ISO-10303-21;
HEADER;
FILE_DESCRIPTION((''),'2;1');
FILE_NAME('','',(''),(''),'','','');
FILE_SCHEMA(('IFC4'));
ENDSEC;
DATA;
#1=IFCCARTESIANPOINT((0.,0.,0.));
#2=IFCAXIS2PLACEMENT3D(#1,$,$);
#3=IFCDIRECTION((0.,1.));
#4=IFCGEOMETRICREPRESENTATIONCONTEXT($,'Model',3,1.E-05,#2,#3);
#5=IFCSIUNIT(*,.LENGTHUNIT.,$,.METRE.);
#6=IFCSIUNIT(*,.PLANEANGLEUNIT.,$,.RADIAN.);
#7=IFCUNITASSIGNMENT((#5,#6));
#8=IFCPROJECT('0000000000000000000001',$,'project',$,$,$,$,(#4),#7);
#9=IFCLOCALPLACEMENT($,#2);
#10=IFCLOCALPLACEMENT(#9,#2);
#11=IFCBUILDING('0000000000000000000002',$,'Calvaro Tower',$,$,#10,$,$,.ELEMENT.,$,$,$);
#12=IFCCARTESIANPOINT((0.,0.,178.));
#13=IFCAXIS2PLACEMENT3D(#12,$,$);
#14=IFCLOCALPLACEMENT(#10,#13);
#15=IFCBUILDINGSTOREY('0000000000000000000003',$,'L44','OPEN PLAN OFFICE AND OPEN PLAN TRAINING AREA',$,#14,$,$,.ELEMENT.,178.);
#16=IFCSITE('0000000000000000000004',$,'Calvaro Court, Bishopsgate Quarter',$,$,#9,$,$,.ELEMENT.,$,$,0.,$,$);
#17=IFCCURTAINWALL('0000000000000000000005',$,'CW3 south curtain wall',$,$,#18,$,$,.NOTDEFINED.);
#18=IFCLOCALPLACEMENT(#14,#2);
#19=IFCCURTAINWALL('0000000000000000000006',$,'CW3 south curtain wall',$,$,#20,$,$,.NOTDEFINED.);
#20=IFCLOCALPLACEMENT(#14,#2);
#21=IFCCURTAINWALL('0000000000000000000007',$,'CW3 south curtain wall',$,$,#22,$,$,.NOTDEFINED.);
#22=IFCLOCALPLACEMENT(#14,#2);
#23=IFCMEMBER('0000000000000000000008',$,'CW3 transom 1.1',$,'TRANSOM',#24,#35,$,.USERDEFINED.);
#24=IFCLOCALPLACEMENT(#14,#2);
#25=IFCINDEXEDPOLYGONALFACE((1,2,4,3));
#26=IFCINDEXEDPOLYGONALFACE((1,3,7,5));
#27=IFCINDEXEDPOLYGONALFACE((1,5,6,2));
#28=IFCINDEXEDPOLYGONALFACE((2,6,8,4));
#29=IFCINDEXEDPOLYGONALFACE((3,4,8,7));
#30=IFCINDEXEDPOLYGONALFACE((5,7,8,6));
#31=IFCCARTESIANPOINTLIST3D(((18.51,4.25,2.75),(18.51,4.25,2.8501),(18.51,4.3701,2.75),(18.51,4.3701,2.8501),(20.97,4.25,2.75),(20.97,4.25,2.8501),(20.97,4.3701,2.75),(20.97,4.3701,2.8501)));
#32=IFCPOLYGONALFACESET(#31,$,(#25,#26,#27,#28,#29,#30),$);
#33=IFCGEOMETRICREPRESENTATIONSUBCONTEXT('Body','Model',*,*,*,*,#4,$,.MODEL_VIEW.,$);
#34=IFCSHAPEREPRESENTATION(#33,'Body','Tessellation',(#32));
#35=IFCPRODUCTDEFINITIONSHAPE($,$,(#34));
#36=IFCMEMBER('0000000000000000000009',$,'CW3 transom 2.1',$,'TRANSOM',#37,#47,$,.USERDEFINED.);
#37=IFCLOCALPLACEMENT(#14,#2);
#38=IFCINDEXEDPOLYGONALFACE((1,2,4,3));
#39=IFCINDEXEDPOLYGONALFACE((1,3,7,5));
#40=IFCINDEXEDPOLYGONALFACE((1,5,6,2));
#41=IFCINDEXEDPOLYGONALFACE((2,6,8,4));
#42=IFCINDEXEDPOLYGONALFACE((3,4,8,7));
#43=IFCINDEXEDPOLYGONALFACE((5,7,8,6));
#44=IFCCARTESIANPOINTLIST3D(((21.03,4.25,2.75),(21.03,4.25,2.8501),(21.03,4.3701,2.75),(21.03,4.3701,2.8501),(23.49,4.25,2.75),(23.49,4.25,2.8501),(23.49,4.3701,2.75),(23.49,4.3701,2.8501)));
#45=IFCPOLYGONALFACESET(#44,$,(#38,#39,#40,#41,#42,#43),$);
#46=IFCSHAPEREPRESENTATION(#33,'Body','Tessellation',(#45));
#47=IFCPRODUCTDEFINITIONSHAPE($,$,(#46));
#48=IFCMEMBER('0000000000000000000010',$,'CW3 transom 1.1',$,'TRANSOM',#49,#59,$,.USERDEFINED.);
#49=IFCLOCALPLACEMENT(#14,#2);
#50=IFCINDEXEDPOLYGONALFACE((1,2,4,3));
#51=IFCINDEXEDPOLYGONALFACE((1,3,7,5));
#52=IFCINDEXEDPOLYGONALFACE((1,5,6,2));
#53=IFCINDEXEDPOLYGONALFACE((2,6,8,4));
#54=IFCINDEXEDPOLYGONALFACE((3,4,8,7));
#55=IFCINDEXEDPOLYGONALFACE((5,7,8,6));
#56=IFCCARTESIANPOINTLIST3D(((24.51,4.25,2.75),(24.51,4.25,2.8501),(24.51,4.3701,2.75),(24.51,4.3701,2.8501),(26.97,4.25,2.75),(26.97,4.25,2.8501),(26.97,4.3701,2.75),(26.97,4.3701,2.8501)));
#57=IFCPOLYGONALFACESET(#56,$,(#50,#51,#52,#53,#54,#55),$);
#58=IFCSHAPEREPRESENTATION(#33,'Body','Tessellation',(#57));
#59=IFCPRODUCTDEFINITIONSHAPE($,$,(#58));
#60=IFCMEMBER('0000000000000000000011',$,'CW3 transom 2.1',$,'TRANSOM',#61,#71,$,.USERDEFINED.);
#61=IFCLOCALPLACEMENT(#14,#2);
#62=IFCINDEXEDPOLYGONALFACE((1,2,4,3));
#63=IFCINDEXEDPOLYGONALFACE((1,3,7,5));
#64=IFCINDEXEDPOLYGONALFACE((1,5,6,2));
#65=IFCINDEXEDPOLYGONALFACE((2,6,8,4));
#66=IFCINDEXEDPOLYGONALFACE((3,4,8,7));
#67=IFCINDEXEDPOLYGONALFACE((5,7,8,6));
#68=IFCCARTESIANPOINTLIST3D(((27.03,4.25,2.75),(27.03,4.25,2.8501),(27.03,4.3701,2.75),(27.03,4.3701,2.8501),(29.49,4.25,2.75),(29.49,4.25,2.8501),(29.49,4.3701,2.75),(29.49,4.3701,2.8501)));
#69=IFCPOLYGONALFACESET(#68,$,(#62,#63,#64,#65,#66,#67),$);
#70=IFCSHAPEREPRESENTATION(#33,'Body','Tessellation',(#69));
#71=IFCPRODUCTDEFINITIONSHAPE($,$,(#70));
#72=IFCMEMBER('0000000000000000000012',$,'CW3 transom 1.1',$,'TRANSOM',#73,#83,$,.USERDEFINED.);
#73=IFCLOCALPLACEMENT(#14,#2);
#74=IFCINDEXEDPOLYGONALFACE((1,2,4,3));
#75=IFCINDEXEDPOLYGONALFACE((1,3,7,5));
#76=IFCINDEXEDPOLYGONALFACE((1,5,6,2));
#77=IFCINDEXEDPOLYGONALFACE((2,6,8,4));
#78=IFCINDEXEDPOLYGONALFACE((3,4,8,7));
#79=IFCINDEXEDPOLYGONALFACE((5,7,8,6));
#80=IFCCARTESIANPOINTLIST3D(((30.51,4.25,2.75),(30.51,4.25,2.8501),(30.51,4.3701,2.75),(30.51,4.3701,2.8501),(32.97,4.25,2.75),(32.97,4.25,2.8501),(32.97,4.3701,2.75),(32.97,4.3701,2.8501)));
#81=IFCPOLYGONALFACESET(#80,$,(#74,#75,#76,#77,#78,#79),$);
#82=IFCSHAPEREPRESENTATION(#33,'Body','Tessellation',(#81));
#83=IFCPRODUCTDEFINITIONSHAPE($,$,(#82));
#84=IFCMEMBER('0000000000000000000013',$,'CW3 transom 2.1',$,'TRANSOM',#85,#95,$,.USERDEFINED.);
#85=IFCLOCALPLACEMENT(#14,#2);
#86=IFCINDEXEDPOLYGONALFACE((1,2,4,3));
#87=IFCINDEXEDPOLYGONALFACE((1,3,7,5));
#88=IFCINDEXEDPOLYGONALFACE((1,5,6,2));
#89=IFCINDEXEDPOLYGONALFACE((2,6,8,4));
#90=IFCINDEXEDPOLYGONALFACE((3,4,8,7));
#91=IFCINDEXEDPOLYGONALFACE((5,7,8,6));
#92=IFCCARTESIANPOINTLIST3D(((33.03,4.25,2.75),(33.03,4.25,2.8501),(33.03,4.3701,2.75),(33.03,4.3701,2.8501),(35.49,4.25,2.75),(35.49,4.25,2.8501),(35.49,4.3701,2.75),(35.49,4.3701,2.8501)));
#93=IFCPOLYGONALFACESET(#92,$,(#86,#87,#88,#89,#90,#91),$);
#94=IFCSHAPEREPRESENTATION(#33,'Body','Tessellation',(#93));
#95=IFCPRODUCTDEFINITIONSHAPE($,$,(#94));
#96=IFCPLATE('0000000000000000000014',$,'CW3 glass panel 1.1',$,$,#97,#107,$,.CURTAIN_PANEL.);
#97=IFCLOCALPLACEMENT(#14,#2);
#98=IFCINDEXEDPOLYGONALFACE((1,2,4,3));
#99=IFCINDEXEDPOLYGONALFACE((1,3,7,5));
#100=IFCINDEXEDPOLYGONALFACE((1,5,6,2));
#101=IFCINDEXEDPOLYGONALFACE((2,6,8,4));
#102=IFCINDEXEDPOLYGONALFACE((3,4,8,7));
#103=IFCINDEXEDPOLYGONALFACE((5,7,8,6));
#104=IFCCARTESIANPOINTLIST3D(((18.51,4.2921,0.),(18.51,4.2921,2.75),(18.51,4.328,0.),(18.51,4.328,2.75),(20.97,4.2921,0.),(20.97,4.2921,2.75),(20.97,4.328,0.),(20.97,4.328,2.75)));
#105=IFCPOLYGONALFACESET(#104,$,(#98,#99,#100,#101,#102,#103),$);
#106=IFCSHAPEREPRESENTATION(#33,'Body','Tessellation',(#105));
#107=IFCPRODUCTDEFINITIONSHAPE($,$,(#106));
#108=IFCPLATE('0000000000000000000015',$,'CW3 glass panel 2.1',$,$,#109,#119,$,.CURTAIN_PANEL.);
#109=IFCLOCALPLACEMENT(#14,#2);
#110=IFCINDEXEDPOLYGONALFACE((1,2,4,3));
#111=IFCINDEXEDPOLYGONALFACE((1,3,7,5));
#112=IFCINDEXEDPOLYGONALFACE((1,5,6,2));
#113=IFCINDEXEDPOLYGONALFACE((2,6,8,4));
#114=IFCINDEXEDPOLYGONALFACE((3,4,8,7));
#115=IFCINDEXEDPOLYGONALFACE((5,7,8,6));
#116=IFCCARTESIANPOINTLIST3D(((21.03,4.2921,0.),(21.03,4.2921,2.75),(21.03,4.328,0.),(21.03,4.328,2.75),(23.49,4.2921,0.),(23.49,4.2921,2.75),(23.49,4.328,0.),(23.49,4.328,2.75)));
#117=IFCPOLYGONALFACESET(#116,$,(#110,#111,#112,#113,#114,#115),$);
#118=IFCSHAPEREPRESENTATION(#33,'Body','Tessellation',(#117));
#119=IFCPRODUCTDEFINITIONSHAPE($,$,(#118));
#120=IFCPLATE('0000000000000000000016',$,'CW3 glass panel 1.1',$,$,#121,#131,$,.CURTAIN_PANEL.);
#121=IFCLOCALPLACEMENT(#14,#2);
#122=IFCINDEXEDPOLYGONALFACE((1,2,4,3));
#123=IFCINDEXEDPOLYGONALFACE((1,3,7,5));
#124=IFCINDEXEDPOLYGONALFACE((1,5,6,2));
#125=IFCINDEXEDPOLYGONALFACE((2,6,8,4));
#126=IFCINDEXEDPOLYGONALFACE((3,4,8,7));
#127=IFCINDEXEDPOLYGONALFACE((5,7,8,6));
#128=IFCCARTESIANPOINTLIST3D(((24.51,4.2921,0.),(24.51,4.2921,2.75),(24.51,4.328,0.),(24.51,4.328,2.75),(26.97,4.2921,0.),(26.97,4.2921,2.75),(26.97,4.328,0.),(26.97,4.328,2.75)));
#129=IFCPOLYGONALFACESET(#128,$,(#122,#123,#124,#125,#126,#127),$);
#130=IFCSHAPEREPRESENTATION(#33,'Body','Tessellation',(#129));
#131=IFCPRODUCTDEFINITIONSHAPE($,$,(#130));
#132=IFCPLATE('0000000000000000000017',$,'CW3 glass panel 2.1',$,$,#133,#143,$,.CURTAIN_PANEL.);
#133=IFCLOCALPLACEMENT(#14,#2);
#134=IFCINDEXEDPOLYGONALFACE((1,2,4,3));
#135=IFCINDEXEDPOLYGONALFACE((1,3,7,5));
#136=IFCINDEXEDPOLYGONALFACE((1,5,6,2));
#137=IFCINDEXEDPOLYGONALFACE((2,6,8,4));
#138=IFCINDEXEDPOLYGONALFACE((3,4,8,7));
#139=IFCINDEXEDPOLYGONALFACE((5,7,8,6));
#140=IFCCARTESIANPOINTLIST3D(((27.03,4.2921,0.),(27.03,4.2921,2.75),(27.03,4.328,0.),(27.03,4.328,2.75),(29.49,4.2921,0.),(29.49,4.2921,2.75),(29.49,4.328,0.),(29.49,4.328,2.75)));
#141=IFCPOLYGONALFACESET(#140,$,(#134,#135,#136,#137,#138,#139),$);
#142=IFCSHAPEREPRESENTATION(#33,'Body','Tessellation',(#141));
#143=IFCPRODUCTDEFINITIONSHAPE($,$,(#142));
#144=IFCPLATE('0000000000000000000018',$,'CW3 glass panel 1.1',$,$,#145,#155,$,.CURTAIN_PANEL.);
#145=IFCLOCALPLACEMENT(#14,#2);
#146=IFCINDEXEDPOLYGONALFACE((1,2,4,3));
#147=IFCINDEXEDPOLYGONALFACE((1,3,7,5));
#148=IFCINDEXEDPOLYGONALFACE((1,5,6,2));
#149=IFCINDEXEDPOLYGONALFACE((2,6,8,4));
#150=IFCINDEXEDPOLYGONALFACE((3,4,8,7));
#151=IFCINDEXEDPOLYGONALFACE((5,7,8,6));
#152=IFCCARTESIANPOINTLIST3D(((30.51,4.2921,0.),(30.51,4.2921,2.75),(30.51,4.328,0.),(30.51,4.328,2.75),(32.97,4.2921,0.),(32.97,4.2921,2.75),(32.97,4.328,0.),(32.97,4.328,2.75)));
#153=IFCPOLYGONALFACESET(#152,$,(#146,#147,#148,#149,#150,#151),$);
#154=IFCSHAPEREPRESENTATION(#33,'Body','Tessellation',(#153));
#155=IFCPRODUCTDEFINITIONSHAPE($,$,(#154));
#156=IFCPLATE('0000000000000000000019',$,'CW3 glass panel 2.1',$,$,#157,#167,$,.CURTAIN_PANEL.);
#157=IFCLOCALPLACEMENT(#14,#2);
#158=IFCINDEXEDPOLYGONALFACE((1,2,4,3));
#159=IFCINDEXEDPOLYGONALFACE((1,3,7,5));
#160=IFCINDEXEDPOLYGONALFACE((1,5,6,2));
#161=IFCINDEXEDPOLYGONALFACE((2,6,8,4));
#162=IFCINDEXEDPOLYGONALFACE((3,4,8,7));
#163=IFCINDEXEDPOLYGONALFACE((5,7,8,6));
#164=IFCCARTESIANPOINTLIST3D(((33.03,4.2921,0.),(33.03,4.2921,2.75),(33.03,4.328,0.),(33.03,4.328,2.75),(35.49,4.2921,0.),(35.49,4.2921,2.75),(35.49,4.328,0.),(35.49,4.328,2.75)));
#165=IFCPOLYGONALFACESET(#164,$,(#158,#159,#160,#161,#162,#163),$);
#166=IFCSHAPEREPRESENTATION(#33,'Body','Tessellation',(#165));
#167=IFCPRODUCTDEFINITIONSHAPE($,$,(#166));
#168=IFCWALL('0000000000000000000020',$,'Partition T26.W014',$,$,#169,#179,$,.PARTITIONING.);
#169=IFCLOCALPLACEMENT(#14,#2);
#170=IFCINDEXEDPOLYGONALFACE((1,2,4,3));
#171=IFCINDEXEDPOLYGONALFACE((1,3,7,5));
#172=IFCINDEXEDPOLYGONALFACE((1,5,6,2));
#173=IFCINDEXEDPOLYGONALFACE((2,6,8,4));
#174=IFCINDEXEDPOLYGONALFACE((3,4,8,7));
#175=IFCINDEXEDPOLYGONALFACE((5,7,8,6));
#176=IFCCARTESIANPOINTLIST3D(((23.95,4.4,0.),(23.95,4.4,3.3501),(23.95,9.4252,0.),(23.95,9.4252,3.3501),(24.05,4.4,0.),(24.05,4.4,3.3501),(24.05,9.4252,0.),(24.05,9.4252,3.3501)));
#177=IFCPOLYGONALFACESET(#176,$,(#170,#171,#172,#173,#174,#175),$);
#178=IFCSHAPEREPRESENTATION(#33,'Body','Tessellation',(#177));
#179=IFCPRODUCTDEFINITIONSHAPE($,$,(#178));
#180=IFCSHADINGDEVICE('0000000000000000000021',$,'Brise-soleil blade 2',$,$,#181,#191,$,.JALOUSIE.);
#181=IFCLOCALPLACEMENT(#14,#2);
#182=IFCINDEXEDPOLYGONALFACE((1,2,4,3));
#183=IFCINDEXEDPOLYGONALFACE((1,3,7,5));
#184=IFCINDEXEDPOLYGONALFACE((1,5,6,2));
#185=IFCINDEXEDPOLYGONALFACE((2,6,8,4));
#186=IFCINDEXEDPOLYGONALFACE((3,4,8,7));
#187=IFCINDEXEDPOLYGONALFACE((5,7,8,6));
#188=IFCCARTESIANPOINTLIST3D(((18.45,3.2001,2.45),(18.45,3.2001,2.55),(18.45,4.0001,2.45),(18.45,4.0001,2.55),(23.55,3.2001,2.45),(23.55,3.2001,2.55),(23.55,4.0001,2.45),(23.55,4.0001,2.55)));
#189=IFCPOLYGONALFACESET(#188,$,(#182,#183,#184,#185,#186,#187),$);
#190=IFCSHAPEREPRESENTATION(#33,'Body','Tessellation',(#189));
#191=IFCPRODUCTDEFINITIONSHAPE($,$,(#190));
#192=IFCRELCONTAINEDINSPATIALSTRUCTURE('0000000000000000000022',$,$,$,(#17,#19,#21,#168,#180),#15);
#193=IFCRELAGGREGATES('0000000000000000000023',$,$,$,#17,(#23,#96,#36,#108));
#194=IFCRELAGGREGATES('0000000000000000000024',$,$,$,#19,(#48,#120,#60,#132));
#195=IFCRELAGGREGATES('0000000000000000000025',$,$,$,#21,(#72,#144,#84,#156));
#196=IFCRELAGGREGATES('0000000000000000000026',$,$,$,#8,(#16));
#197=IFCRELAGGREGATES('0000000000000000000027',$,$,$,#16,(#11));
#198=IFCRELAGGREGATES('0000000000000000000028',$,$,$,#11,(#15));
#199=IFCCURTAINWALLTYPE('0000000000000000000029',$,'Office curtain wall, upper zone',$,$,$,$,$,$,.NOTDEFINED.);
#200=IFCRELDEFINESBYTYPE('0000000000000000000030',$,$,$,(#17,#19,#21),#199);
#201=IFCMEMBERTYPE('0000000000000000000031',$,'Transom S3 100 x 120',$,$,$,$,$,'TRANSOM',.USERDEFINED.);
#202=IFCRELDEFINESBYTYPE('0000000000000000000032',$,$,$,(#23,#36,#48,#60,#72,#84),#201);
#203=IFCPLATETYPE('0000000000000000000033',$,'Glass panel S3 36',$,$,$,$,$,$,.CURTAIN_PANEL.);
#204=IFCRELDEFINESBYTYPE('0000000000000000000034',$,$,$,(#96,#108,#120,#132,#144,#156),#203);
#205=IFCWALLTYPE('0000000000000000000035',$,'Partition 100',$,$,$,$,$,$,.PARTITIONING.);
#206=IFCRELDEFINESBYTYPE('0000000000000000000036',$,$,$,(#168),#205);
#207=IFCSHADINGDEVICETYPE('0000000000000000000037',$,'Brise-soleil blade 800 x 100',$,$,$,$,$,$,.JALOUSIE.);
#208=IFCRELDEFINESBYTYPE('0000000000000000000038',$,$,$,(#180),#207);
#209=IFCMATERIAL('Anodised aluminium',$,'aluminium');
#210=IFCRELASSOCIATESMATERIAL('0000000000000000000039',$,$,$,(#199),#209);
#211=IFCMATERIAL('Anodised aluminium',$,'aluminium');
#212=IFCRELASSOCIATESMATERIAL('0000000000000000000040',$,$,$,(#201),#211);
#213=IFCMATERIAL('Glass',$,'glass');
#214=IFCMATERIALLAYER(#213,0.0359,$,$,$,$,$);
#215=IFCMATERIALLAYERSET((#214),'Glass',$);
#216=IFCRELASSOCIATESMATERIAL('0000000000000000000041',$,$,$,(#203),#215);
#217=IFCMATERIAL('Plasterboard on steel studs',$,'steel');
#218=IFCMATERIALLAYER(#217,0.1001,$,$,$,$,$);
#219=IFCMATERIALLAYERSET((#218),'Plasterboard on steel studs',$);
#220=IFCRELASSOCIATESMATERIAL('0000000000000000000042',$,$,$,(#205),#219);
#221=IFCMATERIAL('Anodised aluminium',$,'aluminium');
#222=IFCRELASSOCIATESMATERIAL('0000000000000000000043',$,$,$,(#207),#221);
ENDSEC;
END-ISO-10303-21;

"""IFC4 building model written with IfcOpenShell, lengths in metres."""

from ifc_helpers import new_model, si_unit, direction, frame, frame_2d, origin, origin_2d, place, context, subcontext, project, spatial, rectangle, extrude, material, layer, layer_set, material_profile, profile_set, type_object, element, aggregate, save


model = new_model("IFC4")

# Units and contexts
model_context = context("Model", 3, precision=1e-05, world=origin(), true_north=direction((0.0, 1.0)))
body_context = subcontext(model_context, "Body", "Model", "MODEL_VIEW")
ifc_project = project(units=[si_unit("LENGTHUNIT", "METRE"), si_unit("PLANEANGLEUNIT", "RADIAN")], contexts=[model_context])

# Site, building, storey
site_placement = place(None, origin())
site = spatial("IfcSite", under=ifc_project, at=site_placement, Name="Calvaro Court, Bishopsgate Quarter", CompositionType="ELEMENT", RefElevation=0.0)
building_placement = place(site_placement, origin())
building = spatial("IfcBuilding", under=site, at=building_placement, Name="Calvaro Tower", CompositionType="ELEMENT")
storey_placement = place(building_placement, frame((0.0, 0.0, 178.0)))
storey = spatial("IfcBuildingStorey", under=building, at=storey_placement, Name="L44", Description="OPEN PLAN OFFICE AND OPEN PLAN TRAINING AREA", CompositionType="ELEMENT", Elevation=178.0)

# Shared definitions
ifc_material_1 = material(Name="Anodised aluminium", Category="aluminium")
curtain_wall_type = type_object("IfcCurtainWallType", Name="Office curtain wall, upper zone", PredefinedType="NOTDEFINED", material=ifc_material_1)

# Curtain walls
curtain_wall_1_placement = place(storey_placement, origin())
curtain_wall_1 = element("IfcCurtainWall", 1, at=curtain_wall_1_placement, inside=storey, type_object=curtain_wall_type, Name="CW3 south curtain wall", PredefinedType="NOTDEFINED")
curtain_wall_2_placement = place(storey_placement, origin())
curtain_wall_2 = element("IfcCurtainWall", 2, at=curtain_wall_2_placement, inside=storey, type_object=curtain_wall_type, Name="CW3 south curtain wall", PredefinedType="NOTDEFINED")
curtain_wall_3_placement = place(storey_placement, origin())
curtain_wall_3 = element("IfcCurtainWall", 3, at=curtain_wall_3_placement, inside=storey, type_object=curtain_wall_type, Name="CW3 south curtain wall", PredefinedType="NOTDEFINED")

# Members
ifc_material_2 = material(Name="Anodised aluminium", Category="aluminium")
ifc_material_profile_1 = material_profile(ifc_material_2, rectangle(XDim=0.1201, YDim=0.1001, at=origin_2d()), Name="Transom S3 100 x 120")
ifc_profile_set_1 = profile_set([ifc_material_profile_1], Name="Anodised aluminium")
member_type_1 = type_object("IfcMemberType", Name="Transom S3 100 x 120", ElementType="TRANSOM", PredefinedType="USERDEFINED", material=ifc_profile_set_1)
member_1_placement = place(storey_placement, frame((18.51, 4.3101, 2.8), z_axis=(1.0, 0.0, 0.0), x_axis=(0.0, 1.0, 0.0)))
member_1 = element("IfcMember", 4, at=member_1_placement, type_object=member_type_1, Name="CW3 transom 1.1", ObjectType="TRANSOM", PredefinedType="USERDEFINED", context=body_context, shape_type="SweptSolid", body=[
    extrude(rectangle(XDim=0.1201, YDim=0.1001, at=origin_2d()), origin(), (0.0, 0.0, 1.0), 2.46),
])
member_2_placement = place(storey_placement, frame((21.03, 4.3101, 2.8), z_axis=(1.0, 0.0, 0.0), x_axis=(0.0, 1.0, 0.0)))
member_2 = element("IfcMember", 5, at=member_2_placement, type_object=member_type_1, Name="CW3 transom 2.1", ObjectType="TRANSOM", PredefinedType="USERDEFINED", context=body_context, shape_type="SweptSolid", body=[
    extrude(rectangle(XDim=0.1201, YDim=0.1001, at=origin_2d()), origin(), (0.0, 0.0, 1.0), 2.46),
])
member_3_placement = place(storey_placement, frame((24.51, 4.3101, 2.8), z_axis=(1.0, 0.0, 0.0), x_axis=(0.0, 1.0, 0.0)))
member_3 = element("IfcMember", 6, at=member_3_placement, type_object=member_type_1, Name="CW3 transom 1.1", ObjectType="TRANSOM", PredefinedType="USERDEFINED", context=body_context, shape_type="SweptSolid", body=[
    extrude(rectangle(XDim=0.1201, YDim=0.1001, at=origin_2d()), origin(), (0.0, 0.0, 1.0), 2.46),
])
member_4_placement = place(storey_placement, frame((27.03, 4.3101, 2.8), z_axis=(1.0, 0.0, 0.0), x_axis=(0.0, 1.0, 0.0)))
member_4 = element("IfcMember", 7, at=member_4_placement, type_object=member_type_1, Name="CW3 transom 2.1", ObjectType="TRANSOM", PredefinedType="USERDEFINED", context=body_context, shape_type="SweptSolid", body=[
    extrude(rectangle(XDim=0.1201, YDim=0.1001, at=origin_2d()), origin(), (0.0, 0.0, 1.0), 2.46),
])
member_5_placement = place(storey_placement, frame((30.51, 4.3101, 2.8), z_axis=(1.0, 0.0, 0.0), x_axis=(0.0, 1.0, 0.0)))
member_5 = element("IfcMember", 8, at=member_5_placement, type_object=member_type_1, Name="CW3 transom 1.1", ObjectType="TRANSOM", PredefinedType="USERDEFINED", context=body_context, shape_type="SweptSolid", body=[
    extrude(rectangle(XDim=0.1201, YDim=0.1001, at=origin_2d()), origin(), (0.0, 0.0, 1.0), 2.46),
])
member_6_placement = place(storey_placement, frame((33.03, 4.3101, 2.8), z_axis=(1.0, 0.0, 0.0), x_axis=(0.0, 1.0, 0.0)))
member_6 = element("IfcMember", 9, at=member_6_placement, type_object=member_type_1, Name="CW3 transom 2.1", ObjectType="TRANSOM", PredefinedType="USERDEFINED", context=body_context, shape_type="SweptSolid", body=[
    extrude(rectangle(XDim=0.1201, YDim=0.1001, at=origin_2d()), origin(), (0.0, 0.0, 1.0), 2.46),
])

# Plates
ifc_material_3 = material(Name="Glass", Category="glass")
ifc_layer_1 = layer(ifc_material_3, 0.0359)
ifc_layer_set_1 = layer_set([ifc_layer_1], Name="Glass")
plate_type = type_object("IfcPlateType", Name="Glass panel S3 36", PredefinedType="CURTAIN_PANEL", material=ifc_layer_set_1)
plate_1_placement = place(storey_placement, frame((19.74, 4.3101, 0.0), z_axis=(0.0, 0.0, 1.0), x_axis=(1.0, 0.0, 0.0)))
plate_1 = element("IfcPlate", 10, at=plate_1_placement, type_object=plate_type, Name="CW3 glass panel 1.1", PredefinedType="CURTAIN_PANEL", context=body_context, shape_type="SweptSolid", body=[
    extrude(rectangle(XDim=2.46, YDim=0.0359, at=origin_2d()), origin(), (0.0, 0.0, 1.0), 2.75),
])
plate_2_placement = place(storey_placement, frame((22.26, 4.3101, 0.0), z_axis=(0.0, 0.0, 1.0), x_axis=(1.0, 0.0, 0.0)))
plate_2 = element("IfcPlate", 11, at=plate_2_placement, type_object=plate_type, Name="CW3 glass panel 2.1", PredefinedType="CURTAIN_PANEL", context=body_context, shape_type="SweptSolid", body=[
    extrude(rectangle(XDim=2.46, YDim=0.0359, at=origin_2d()), origin(), (0.0, 0.0, 1.0), 2.75),
])
aggregate(curtain_wall_1, [member_1, plate_1, member_2, plate_2])
plate_3_placement = place(storey_placement, frame((25.74, 4.3101, 0.0), z_axis=(0.0, 0.0, 1.0), x_axis=(1.0, 0.0, 0.0)))
plate_3 = element("IfcPlate", 12, at=plate_3_placement, type_object=plate_type, Name="CW3 glass panel 1.1", PredefinedType="CURTAIN_PANEL", context=body_context, shape_type="SweptSolid", body=[
    extrude(rectangle(XDim=2.46, YDim=0.0359, at=origin_2d()), origin(), (0.0, 0.0, 1.0), 2.75),
])
plate_4_placement = place(storey_placement, frame((28.26, 4.3101, 0.0), z_axis=(0.0, 0.0, 1.0), x_axis=(1.0, 0.0, 0.0)))
plate_4 = element("IfcPlate", 13, at=plate_4_placement, type_object=plate_type, Name="CW3 glass panel 2.1", PredefinedType="CURTAIN_PANEL", context=body_context, shape_type="SweptSolid", body=[
    extrude(rectangle(XDim=2.46, YDim=0.0359, at=origin_2d()), origin(), (0.0, 0.0, 1.0), 2.75),
])
aggregate(curtain_wall_2, [member_3, plate_3, member_4, plate_4])
plate_5_placement = place(storey_placement, frame((31.74, 4.3101, 0.0), z_axis=(0.0, 0.0, 1.0), x_axis=(1.0, 0.0, 0.0)))
plate_5 = element("IfcPlate", 14, at=plate_5_placement, type_object=plate_type, Name="CW3 glass panel 1.1", PredefinedType="CURTAIN_PANEL", context=body_context, shape_type="SweptSolid", body=[
    extrude(rectangle(XDim=2.46, YDim=0.0359, at=origin_2d()), origin(), (0.0, 0.0, 1.0), 2.75),
])
plate_6_placement = place(storey_placement, frame((34.26, 4.3101, 0.0), z_axis=(0.0, 0.0, 1.0), x_axis=(1.0, 0.0, 0.0)))
plate_6 = element("IfcPlate", 15, at=plate_6_placement, type_object=plate_type, Name="CW3 glass panel 2.1", PredefinedType="CURTAIN_PANEL", context=body_context, shape_type="SweptSolid", body=[
    extrude(rectangle(XDim=2.46, YDim=0.0359, at=origin_2d()), origin(), (0.0, 0.0, 1.0), 2.75),
])
aggregate(curtain_wall_3, [member_5, plate_5, member_6, plate_6])

# Wall
ifc_material_4 = material(Name="Plasterboard on steel studs", Category="steel")
ifc_layer_2 = layer(ifc_material_4, 0.1001)
ifc_layer_set_2 = layer_set([ifc_layer_2], Name="Plasterboard on steel studs")
wall_type = type_object("IfcWallType", Name="Partition 100", PredefinedType="PARTITIONING", material=ifc_layer_set_2)
wall_placement = place(storey_placement, frame((24.0, 4.3999, 0.0), z_axis=(0.0, 0.0, 1.0), x_axis=(0.0, 1.0, 0.0)))
element("IfcWall", 16, at=wall_placement, inside=storey, type_object=wall_type, Name="Partition T26.W014", PredefinedType="PARTITIONING", context=body_context, shape_type="SweptSolid", body=[
    extrude(rectangle(XDim=5.0251, YDim=0.1001, at=frame_2d((2.5127, 0.0))), origin(), (0.0, 0.0, 1.0), 3.3501),
])

# Shading device
ifc_material_5 = material(Name="Anodised aluminium", Category="aluminium")
ifc_material_profile_2 = material_profile(ifc_material_5, rectangle(XDim=0.8, YDim=0.1001, at=origin_2d()), Name="Brise-soleil blade 800 x 100")
ifc_profile_set_2 = profile_set([ifc_material_profile_2], Name="Anodised aluminium")
shading_device_type = type_object("IfcShadingDeviceType", Name="Brise-soleil blade 800 x 100", PredefinedType="JALOUSIE", material=ifc_profile_set_2)
for number, where, z_axis, x_axis, name in (
    (17, (18.45, 3.6001, 2.5), (1.0, 0.0, 0.0), (0.0, 1.0, 0.0), "Brise-soleil blade 2"),
):
    element("IfcShadingDevice", number, at=place(storey_placement, frame(where, z_axis=z_axis, x_axis=x_axis)), inside=storey, type_object=shading_device_type, Name=name, PredefinedType="JALOUSIE", context=body_context, shape_type="SweptSolid", body=[
        extrude(rectangle(XDim=0.8, YDim=0.1001, at=origin_2d()), origin(), (0.0, 0.0, 1.0), 5.1001),
    ])

save(model, "model.ifc")
